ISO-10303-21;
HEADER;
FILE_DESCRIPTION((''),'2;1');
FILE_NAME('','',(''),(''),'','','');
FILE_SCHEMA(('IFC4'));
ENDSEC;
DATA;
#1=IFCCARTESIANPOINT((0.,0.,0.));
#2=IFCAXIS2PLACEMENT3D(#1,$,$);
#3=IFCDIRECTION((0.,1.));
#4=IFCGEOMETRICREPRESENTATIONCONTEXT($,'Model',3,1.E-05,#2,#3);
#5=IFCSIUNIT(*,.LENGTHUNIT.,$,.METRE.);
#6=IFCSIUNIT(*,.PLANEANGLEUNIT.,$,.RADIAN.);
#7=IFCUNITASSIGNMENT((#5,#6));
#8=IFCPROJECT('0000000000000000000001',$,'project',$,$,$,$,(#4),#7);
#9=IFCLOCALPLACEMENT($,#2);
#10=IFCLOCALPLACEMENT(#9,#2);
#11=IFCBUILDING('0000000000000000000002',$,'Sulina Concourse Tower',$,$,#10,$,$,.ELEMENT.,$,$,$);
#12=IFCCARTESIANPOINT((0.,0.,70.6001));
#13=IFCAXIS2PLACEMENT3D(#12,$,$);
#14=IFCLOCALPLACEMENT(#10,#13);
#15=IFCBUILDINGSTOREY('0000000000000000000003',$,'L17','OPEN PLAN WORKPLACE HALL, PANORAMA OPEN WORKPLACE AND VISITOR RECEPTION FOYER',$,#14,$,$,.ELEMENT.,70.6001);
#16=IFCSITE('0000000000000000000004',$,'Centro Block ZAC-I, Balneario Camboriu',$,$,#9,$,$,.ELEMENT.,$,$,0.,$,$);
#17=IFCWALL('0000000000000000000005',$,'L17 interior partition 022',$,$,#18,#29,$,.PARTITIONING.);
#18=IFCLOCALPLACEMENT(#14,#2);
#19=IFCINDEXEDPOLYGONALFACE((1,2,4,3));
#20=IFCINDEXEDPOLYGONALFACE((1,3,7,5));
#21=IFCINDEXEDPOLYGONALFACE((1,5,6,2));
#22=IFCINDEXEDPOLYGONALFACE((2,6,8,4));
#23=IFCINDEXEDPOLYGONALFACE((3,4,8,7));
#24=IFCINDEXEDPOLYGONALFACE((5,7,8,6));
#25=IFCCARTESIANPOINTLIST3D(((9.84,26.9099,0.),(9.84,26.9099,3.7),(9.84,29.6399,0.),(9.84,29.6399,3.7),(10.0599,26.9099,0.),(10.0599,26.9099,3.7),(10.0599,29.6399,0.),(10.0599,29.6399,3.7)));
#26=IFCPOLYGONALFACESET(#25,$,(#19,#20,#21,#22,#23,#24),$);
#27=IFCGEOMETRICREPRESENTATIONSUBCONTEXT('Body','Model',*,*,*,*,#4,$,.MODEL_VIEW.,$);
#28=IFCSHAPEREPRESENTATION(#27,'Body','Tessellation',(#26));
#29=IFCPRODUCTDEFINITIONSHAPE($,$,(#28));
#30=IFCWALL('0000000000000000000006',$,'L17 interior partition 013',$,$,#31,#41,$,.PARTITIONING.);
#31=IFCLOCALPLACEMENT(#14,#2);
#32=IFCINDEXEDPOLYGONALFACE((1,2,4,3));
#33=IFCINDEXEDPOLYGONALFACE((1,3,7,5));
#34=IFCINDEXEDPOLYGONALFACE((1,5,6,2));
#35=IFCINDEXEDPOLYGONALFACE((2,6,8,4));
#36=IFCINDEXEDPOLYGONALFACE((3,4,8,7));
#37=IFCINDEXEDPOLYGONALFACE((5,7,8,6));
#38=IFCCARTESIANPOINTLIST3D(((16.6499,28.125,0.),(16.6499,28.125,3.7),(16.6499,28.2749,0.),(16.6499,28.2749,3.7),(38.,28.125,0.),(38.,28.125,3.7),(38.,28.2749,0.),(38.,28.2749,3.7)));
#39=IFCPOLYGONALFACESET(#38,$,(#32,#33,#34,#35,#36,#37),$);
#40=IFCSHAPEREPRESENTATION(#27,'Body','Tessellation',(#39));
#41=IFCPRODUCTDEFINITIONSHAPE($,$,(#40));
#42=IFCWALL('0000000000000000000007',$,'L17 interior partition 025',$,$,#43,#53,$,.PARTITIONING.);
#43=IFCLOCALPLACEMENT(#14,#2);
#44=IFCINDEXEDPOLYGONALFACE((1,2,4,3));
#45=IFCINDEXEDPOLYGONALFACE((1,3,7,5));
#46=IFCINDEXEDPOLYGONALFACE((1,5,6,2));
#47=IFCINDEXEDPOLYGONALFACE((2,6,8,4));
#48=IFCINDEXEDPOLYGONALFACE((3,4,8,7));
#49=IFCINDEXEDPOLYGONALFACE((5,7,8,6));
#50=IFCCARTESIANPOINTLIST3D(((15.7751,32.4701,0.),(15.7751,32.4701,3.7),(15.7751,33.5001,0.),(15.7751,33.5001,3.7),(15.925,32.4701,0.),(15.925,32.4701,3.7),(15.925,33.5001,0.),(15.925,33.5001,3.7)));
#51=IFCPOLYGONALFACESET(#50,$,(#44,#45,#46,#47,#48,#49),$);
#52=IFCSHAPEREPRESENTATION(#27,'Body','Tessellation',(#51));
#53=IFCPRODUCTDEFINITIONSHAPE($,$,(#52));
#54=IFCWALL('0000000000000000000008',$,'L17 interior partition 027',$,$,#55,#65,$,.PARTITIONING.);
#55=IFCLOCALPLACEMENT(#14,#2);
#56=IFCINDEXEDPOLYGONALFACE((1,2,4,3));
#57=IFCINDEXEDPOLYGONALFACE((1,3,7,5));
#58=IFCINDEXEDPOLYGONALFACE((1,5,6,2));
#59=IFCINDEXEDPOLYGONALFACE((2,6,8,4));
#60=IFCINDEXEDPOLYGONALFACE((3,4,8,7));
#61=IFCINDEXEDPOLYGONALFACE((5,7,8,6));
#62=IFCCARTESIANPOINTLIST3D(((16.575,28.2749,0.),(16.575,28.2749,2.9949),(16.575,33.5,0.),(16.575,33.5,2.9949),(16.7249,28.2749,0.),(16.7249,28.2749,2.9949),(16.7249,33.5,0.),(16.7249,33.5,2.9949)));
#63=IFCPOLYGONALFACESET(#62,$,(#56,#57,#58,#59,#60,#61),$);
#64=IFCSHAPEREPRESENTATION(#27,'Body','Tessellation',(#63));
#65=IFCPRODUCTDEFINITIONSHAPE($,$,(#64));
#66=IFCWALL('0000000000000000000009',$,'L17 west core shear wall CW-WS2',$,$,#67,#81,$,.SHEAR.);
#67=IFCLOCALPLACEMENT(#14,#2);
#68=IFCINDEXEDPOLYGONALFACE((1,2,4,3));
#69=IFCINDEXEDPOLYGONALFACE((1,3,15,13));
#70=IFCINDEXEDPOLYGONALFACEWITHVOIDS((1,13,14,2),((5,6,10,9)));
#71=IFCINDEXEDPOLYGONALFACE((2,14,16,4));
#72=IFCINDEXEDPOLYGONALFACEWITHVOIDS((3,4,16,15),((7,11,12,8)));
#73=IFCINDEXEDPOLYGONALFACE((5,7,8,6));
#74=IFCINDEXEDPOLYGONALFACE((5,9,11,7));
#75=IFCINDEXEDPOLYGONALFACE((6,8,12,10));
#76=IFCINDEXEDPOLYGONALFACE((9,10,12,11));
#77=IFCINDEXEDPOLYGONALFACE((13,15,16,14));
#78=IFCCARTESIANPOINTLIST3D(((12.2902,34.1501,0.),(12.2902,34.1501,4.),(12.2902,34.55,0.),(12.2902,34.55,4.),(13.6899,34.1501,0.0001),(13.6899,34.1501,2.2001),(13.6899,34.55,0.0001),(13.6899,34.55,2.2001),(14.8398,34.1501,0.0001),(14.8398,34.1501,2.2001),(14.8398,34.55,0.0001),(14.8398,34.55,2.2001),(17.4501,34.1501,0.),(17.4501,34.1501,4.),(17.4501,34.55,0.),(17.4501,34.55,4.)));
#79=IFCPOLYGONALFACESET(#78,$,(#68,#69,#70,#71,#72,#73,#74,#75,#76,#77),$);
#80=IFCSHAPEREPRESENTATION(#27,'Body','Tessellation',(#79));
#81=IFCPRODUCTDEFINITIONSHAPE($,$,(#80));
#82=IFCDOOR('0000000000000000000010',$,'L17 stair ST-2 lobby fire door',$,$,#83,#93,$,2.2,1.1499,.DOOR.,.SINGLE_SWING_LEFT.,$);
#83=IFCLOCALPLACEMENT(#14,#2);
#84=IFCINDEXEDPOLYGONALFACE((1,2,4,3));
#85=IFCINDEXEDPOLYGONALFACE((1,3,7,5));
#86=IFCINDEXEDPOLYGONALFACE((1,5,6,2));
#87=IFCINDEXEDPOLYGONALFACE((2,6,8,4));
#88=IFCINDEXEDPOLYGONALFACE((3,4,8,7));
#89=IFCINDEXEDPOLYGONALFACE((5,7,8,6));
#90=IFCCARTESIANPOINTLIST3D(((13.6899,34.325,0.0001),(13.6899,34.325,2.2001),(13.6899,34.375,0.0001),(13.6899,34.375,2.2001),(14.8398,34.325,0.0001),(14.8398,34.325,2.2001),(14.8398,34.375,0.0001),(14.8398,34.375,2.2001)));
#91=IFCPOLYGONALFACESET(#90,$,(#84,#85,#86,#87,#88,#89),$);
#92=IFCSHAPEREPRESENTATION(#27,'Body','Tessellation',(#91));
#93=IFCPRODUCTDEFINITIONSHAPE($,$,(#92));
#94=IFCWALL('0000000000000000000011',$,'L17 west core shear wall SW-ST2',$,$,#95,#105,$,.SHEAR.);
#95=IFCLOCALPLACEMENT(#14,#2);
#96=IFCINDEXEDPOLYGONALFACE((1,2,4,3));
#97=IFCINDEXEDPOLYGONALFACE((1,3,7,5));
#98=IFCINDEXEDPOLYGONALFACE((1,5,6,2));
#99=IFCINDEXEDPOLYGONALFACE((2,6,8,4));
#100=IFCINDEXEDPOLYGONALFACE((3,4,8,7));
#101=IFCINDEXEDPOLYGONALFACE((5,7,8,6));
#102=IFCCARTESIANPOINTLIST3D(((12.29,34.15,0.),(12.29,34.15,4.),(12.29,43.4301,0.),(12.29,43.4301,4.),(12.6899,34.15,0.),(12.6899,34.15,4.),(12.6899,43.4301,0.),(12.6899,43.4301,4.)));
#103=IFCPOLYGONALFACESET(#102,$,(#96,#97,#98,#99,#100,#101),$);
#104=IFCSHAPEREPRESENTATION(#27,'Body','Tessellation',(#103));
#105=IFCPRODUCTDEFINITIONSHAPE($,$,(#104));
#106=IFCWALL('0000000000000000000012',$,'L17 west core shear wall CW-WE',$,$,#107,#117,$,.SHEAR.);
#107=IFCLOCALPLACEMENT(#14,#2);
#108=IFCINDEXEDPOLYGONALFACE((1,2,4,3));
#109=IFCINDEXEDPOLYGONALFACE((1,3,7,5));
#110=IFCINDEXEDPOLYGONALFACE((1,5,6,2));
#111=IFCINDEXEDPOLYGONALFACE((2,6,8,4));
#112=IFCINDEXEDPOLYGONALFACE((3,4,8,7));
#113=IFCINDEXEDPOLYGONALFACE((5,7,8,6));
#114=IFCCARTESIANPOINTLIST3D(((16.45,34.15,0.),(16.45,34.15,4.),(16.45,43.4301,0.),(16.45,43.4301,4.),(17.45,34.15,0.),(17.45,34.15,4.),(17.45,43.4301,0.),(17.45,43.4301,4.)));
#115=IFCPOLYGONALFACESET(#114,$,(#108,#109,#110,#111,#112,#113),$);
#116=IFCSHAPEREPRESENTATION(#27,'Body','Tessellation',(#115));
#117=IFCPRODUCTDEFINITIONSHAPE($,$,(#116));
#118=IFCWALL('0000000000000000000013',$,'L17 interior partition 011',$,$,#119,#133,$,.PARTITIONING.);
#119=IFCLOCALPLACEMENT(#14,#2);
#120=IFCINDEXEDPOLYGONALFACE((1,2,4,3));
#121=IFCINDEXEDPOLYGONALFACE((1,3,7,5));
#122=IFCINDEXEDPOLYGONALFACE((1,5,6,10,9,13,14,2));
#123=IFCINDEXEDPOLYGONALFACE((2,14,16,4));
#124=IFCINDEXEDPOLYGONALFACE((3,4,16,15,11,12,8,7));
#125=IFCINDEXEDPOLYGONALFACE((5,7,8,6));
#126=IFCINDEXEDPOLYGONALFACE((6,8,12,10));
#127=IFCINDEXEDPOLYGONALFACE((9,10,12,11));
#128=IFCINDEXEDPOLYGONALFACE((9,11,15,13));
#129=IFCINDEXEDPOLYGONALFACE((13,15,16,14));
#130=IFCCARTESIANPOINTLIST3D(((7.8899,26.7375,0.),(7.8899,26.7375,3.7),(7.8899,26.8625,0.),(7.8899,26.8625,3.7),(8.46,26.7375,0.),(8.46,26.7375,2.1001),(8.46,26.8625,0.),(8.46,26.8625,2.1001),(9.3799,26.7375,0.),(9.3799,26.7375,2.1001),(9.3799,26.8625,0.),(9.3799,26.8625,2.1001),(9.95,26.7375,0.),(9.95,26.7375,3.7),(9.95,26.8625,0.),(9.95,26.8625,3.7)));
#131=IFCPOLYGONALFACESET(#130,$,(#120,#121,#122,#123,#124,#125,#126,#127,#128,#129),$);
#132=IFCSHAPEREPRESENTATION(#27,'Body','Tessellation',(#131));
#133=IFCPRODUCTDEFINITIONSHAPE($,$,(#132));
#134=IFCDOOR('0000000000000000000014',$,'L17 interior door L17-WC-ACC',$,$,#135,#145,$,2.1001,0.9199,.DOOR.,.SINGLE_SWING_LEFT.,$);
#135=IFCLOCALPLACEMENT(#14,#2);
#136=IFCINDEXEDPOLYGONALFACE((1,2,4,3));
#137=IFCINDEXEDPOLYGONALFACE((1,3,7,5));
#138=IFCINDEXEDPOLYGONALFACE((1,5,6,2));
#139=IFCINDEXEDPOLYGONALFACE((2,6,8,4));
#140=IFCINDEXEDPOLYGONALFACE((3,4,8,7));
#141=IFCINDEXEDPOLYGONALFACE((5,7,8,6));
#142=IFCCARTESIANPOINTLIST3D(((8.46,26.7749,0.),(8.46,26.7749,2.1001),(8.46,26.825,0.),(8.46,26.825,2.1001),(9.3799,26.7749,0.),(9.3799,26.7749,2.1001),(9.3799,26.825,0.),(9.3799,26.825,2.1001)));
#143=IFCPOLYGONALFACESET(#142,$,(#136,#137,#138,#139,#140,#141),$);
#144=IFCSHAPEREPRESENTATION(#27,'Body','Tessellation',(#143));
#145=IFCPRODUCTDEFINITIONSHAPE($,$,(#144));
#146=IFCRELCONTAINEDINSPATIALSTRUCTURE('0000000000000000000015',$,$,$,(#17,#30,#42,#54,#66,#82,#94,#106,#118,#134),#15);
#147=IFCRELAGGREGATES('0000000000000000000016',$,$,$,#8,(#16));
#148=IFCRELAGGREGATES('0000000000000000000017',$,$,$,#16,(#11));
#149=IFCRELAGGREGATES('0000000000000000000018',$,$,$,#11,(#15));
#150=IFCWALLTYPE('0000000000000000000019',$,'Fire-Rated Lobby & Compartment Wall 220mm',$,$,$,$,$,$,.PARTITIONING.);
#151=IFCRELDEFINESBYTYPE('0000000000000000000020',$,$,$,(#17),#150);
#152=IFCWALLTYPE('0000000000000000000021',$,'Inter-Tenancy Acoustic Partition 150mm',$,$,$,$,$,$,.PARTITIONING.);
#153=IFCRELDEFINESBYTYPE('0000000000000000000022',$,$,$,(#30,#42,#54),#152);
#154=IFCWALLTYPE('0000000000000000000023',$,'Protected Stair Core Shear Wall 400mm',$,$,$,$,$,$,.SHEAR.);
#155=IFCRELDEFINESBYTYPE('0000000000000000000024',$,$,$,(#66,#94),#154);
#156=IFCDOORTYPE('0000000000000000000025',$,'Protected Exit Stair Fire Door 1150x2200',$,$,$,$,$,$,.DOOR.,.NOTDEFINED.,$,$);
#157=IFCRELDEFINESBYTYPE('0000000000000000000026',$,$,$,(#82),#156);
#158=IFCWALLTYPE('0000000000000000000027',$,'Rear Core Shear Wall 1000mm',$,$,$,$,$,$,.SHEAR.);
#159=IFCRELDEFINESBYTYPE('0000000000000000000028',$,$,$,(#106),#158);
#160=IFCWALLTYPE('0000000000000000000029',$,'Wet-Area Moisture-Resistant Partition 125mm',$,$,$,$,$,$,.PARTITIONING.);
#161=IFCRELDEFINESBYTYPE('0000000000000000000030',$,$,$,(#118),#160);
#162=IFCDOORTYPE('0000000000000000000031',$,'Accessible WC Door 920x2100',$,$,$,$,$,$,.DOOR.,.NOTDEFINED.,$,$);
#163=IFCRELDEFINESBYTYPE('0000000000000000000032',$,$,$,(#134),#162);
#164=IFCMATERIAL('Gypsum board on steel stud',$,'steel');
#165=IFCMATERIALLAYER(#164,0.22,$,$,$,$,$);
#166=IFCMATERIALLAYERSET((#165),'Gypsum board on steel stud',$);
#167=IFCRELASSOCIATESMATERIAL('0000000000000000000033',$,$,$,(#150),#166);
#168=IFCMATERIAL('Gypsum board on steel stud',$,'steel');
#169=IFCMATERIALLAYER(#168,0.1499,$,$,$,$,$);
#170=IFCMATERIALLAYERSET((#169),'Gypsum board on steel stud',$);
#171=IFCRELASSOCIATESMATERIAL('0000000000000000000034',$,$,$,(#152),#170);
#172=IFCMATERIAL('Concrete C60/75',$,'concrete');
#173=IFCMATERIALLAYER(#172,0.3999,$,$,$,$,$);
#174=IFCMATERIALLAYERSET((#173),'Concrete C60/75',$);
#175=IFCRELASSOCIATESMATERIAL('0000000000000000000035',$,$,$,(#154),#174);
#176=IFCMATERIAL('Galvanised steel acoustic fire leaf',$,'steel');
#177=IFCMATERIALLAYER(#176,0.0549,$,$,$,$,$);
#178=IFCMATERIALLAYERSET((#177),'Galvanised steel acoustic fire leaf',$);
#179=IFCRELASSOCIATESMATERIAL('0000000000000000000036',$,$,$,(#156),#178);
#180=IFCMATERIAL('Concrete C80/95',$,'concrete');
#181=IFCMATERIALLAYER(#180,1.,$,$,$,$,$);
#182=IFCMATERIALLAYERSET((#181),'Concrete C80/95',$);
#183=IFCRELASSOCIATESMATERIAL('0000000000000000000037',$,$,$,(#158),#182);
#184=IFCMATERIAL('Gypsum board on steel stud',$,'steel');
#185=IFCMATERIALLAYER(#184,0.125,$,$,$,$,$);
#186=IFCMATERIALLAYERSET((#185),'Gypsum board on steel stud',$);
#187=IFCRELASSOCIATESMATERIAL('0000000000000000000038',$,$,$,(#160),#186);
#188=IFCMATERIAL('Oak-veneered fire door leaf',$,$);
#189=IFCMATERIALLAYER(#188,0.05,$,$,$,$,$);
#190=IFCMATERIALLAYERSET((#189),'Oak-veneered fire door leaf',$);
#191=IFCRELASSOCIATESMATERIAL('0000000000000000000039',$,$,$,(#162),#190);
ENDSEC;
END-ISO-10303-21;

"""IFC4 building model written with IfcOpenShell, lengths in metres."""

from ifc_helpers import new_model, si_unit, direction, frame, frame_2d, origin, place, context, subcontext, project, spatial, rectangle, extrude, material, layer, layer_set, type_object, element, fill, save


model = new_model("IFC4")

# Units and contexts
model_context = context("Model", 3, precision=1e-05, world=origin(), true_north=direction((0.0, 1.0)))
body_context = subcontext(model_context, "Body", "Model", "MODEL_VIEW")
ifc_project = project(units=[si_unit("LENGTHUNIT", "METRE"), si_unit("PLANEANGLEUNIT", "RADIAN")], contexts=[model_context])

# Site, building, storey
site_placement = place(None, origin())
site = spatial("IfcSite", under=ifc_project, at=site_placement, Name="Centro Block ZAC-I, Balneario Camboriu", CompositionType="ELEMENT", RefElevation=0.0)
building_placement = place(site_placement, origin())
building = spatial("IfcBuilding", under=site, at=building_placement, Name="Sulina Concourse Tower", CompositionType="ELEMENT")
storey_placement = place(building_placement, frame((0.0, 0.0, 70.6001)))
storey = spatial("IfcBuildingStorey", under=building, at=storey_placement, Name="L17", Description="OPEN PLAN WORKPLACE HALL, PANORAMA OPEN WORKPLACE AND VISITOR RECEPTION FOYER", CompositionType="ELEMENT", Elevation=70.6001)

# Shared definitions
ifc_material_1 = material(Name="Gypsum board on steel stud", Category="steel")
ifc_layer_1 = layer(ifc_material_1, 0.22)
ifc_layer_set_1 = layer_set([ifc_layer_1], Name="Gypsum board on steel stud")
wall_type_1 = type_object("IfcWallType", Name="Fire-Rated Lobby & Compartment Wall 220mm", PredefinedType="PARTITIONING", material=ifc_layer_set_1)

# Walls
wall_1_placement = place(storey_placement, frame((9.95, 26.9099, 0.0), z_axis=(0.0, 0.0, 1.0), x_axis=(0.0, 1.0, 0.0)))
element("IfcWall", 1, at=wall_1_placement, inside=storey, type_object=wall_type_1, Name="L17 interior partition 022", PredefinedType="PARTITIONING", context=body_context, shape_type="SweptSolid", body=[
    extrude(rectangle(XDim=2.73, YDim=0.22, at=frame_2d((1.365, 0.0))), origin(), (0.0, 0.0, 1.0), 3.7),
])
ifc_material_2 = material(Name="Gypsum board on steel stud", Category="steel")
ifc_layer_2 = layer(ifc_material_2, 0.1499)
ifc_layer_set_2 = layer_set([ifc_layer_2], Name="Gypsum board on steel stud")
wall_type_2 = type_object("IfcWallType", Name="Inter-Tenancy Acoustic Partition 150mm", PredefinedType="PARTITIONING", material=ifc_layer_set_2)
wall_2_placement = place(storey_placement, frame((16.6499, 28.2, 0.0), z_axis=(0.0, 0.0, 1.0), x_axis=(1.0, 0.0, 0.0)))
element("IfcWall", 2, at=wall_2_placement, inside=storey, type_object=wall_type_2, Name="L17 interior partition 013", PredefinedType="PARTITIONING", context=body_context, shape_type="SweptSolid", body=[
    extrude(rectangle(XDim=21.3501, YDim=0.1499, at=frame_2d((10.675, 0.0))), origin(), (0.0, 0.0, 1.0), 3.7),
])
wall_3_placement = place(storey_placement, frame((15.8501, 32.47, 0.0), z_axis=(0.0, 0.0, 1.0), x_axis=(0.0, 1.0, 0.0)))
element("IfcWall", 3, at=wall_3_placement, inside=storey, type_object=wall_type_2, Name="L17 interior partition 025", PredefinedType="PARTITIONING", context=body_context, shape_type="SweptSolid", body=[
    extrude(rectangle(XDim=1.03, YDim=0.1499, at=frame_2d((0.5151, 0.0))), origin(), (0.0, 0.0, 1.0), 3.7),
])
wall_4_placement = place(storey_placement, frame((16.6499, 28.2749, 0.0), z_axis=(0.0, 0.0, 1.0), x_axis=(0.0, 1.0, 0.0)))
element("IfcWall", 4, at=wall_4_placement, inside=storey, type_object=wall_type_2, Name="L17 interior partition 027", PredefinedType="PARTITIONING", context=body_context, shape_type="SweptSolid", body=[
    extrude(rectangle(XDim=5.2251, YDim=0.1499, at=frame_2d((2.6125, 0.0))), origin(), (0.0, 0.0, 1.0), 2.9949),
])

# Wall, opening, door
ifc_material_3 = material(Name="Concrete C60/75", Category="concrete")
ifc_layer_3 = layer(ifc_material_3, 0.3999)
ifc_layer_set_3 = layer_set([ifc_layer_3], Name="Concrete C60/75")
wall_type_3 = type_object("IfcWallType", Name="Protected Stair Core Shear Wall 400mm", PredefinedType="SHEAR", material=ifc_layer_set_3)
wall_5_placement = place(storey_placement, frame((12.29, 34.3501, 0.0), z_axis=(0.0, 0.0, 1.0), x_axis=(1.0, 0.0, 0.0)))
wall_5 = element("IfcWall", 5, at=wall_5_placement, inside=storey, type_object=wall_type_3, Name="L17 west core shear wall CW-WS2", PredefinedType="SHEAR", context=body_context, shape_type="SweptSolid", body=[
    extrude(rectangle(XDim=5.1599, YDim=0.3999, at=frame_2d((2.5801, 0.0))), origin(), (0.0, 0.0, 1.0), 4.0),
])
opening_1_placement = place(wall_5_placement, frame((1.3999, 0.0, 0.0)))
opening_1 = element("IfcOpeningElement", 6, at=opening_1_placement, cuts=wall_5, PredefinedType="OPENING", context=body_context, shape_type="SweptSolid", body=[
    extrude(rectangle(XDim=1.1499, YDim=2.2, at=frame_2d((0.575, 1.1001))), frame((0.0, 0.21, 0.0), z_axis=(0.0, -1.0, 0.0), x_axis=(1.0, 0.0, 0.0)), (0.0, 0.0, 1.0), 0.4199),
])
ifc_material_4 = material(Name="Galvanised steel acoustic fire leaf", Category="steel")
ifc_layer_4 = layer(ifc_material_4, 0.0549)
ifc_layer_set_4 = layer_set([ifc_layer_4], Name="Galvanised steel acoustic fire leaf")
door_type_1 = type_object("IfcDoorType", Name="Protected Exit Stair Fire Door 1150x2200", OperationType="NOTDEFINED", PredefinedType="DOOR", material=ifc_layer_set_4)
door_1_placement = place(opening_1_placement, origin())
door_1 = element("IfcDoor", 7, at=door_1_placement, inside=storey, type_object=door_type_1, Name="L17 stair ST-2 lobby fire door", OperationType="SINGLE_SWING_LEFT", OverallHeight=2.2, OverallWidth=1.1499, PredefinedType="DOOR", context=body_context, shape_type="SweptSolid", body=[
    extrude(rectangle(XDim=1.1499, YDim=2.2, at=frame_2d((0.575, 1.1001))), frame((0.0, 0.0249, 0.0), z_axis=(0.0, -1.0, 0.0), x_axis=(1.0, 0.0, 0.0)), (0.0, 0.0, 1.0), 0.05),
])
fill(opening_1, door_1)

# Walls
wall_6_placement = place(storey_placement, frame((12.49, 34.1499, 0.0), z_axis=(0.0, 0.0, 1.0), x_axis=(0.0, 1.0, 0.0)))
element("IfcWall", 8, at=wall_6_placement, inside=storey, type_object=wall_type_3, Name="L17 west core shear wall SW-ST2", PredefinedType="SHEAR", context=body_context, shape_type="SweptSolid", body=[
    extrude(rectangle(XDim=9.28, YDim=0.3999, at=frame_2d((4.6401, 0.0))), origin(), (0.0, 0.0, 1.0), 4.0),
])
ifc_material_5 = material(Name="Concrete C80/95", Category="concrete")
ifc_layer_5 = layer(ifc_material_5, 1.0)
ifc_layer_set_5 = layer_set([ifc_layer_5], Name="Concrete C80/95")
wall_type_4 = type_object("IfcWallType", Name="Rear Core Shear Wall 1000mm", PredefinedType="SHEAR", material=ifc_layer_set_5)
wall_7_placement = place(storey_placement, frame((16.95, 34.1499, 0.0), z_axis=(0.0, 0.0, 1.0), x_axis=(0.0, 1.0, 0.0)))
element("IfcWall", 9, at=wall_7_placement, inside=storey, type_object=wall_type_4, Name="L17 west core shear wall CW-WE", PredefinedType="SHEAR", context=body_context, shape_type="SweptSolid", body=[
    extrude(rectangle(XDim=9.28, YDim=1.0, at=frame_2d((4.6401, 0.0))), origin(), (0.0, 0.0, 1.0), 4.0),
])

# Wall, opening, door
ifc_material_6 = material(Name="Gypsum board on steel stud", Category="steel")
ifc_layer_6 = layer(ifc_material_6, 0.125)
ifc_layer_set_6 = layer_set([ifc_layer_6], Name="Gypsum board on steel stud")
wall_type_5 = type_object("IfcWallType", Name="Wet-Area Moisture-Resistant Partition 125mm", PredefinedType="PARTITIONING", material=ifc_layer_set_6)
wall_8_placement = place(storey_placement, frame((7.8899, 26.8, 0.0), z_axis=(0.0, 0.0, 1.0), x_axis=(1.0, 0.0, 0.0)))
wall_8 = element("IfcWall", 10, at=wall_8_placement, inside=storey, type_object=wall_type_5, Name="L17 interior partition 011", PredefinedType="PARTITIONING", context=body_context, shape_type="SweptSolid", body=[
    extrude(rectangle(XDim=2.0601, YDim=0.125, at=frame_2d((1.03, 0.0))), origin(), (0.0, 0.0, 1.0), 3.7),
])
opening_2_placement = place(wall_8_placement, frame((0.5701, 0.0, 0.0)))
opening_2 = element("IfcOpeningElement", 11, at=opening_2_placement, cuts=wall_8, PredefinedType="OPENING", context=body_context, shape_type="SweptSolid", body=[
    extrude(rectangle(XDim=0.9199, YDim=2.1001, at=frame_2d((0.46, 1.05))), frame((0.0, 0.0725, 0.0), z_axis=(0.0, -1.0, 0.0), x_axis=(1.0, 0.0, 0.0)), (0.0, 0.0, 1.0), 0.145),
])
ifc_material_7 = material(Name="Oak-veneered fire door leaf")
ifc_layer_7 = layer(ifc_material_7, 0.05)
ifc_layer_set_7 = layer_set([ifc_layer_7], Name="Oak-veneered fire door leaf")
door_type_2 = type_object("IfcDoorType", Name="Accessible WC Door 920x2100", OperationType="NOTDEFINED", PredefinedType="DOOR", material=ifc_layer_set_7)
door_2_placement = place(opening_2_placement, origin())
door_2 = element("IfcDoor", 12, at=door_2_placement, inside=storey, type_object=door_type_2, Name="L17 interior door L17-WC-ACC", OperationType="SINGLE_SWING_LEFT", OverallHeight=2.1001, OverallWidth=0.9199, PredefinedType="DOOR", context=body_context, shape_type="SweptSolid", body=[
    extrude(rectangle(XDim=0.9199, YDim=2.1001, at=frame_2d((0.46, 1.05))), frame((0.0, 0.0249, 0.0), z_axis=(0.0, -1.0, 0.0), x_axis=(1.0, 0.0, 0.0)), (0.0, 0.0, 1.0), 0.05),
])
fill(opening_2, door_2)

save(model, "model.ifc")
